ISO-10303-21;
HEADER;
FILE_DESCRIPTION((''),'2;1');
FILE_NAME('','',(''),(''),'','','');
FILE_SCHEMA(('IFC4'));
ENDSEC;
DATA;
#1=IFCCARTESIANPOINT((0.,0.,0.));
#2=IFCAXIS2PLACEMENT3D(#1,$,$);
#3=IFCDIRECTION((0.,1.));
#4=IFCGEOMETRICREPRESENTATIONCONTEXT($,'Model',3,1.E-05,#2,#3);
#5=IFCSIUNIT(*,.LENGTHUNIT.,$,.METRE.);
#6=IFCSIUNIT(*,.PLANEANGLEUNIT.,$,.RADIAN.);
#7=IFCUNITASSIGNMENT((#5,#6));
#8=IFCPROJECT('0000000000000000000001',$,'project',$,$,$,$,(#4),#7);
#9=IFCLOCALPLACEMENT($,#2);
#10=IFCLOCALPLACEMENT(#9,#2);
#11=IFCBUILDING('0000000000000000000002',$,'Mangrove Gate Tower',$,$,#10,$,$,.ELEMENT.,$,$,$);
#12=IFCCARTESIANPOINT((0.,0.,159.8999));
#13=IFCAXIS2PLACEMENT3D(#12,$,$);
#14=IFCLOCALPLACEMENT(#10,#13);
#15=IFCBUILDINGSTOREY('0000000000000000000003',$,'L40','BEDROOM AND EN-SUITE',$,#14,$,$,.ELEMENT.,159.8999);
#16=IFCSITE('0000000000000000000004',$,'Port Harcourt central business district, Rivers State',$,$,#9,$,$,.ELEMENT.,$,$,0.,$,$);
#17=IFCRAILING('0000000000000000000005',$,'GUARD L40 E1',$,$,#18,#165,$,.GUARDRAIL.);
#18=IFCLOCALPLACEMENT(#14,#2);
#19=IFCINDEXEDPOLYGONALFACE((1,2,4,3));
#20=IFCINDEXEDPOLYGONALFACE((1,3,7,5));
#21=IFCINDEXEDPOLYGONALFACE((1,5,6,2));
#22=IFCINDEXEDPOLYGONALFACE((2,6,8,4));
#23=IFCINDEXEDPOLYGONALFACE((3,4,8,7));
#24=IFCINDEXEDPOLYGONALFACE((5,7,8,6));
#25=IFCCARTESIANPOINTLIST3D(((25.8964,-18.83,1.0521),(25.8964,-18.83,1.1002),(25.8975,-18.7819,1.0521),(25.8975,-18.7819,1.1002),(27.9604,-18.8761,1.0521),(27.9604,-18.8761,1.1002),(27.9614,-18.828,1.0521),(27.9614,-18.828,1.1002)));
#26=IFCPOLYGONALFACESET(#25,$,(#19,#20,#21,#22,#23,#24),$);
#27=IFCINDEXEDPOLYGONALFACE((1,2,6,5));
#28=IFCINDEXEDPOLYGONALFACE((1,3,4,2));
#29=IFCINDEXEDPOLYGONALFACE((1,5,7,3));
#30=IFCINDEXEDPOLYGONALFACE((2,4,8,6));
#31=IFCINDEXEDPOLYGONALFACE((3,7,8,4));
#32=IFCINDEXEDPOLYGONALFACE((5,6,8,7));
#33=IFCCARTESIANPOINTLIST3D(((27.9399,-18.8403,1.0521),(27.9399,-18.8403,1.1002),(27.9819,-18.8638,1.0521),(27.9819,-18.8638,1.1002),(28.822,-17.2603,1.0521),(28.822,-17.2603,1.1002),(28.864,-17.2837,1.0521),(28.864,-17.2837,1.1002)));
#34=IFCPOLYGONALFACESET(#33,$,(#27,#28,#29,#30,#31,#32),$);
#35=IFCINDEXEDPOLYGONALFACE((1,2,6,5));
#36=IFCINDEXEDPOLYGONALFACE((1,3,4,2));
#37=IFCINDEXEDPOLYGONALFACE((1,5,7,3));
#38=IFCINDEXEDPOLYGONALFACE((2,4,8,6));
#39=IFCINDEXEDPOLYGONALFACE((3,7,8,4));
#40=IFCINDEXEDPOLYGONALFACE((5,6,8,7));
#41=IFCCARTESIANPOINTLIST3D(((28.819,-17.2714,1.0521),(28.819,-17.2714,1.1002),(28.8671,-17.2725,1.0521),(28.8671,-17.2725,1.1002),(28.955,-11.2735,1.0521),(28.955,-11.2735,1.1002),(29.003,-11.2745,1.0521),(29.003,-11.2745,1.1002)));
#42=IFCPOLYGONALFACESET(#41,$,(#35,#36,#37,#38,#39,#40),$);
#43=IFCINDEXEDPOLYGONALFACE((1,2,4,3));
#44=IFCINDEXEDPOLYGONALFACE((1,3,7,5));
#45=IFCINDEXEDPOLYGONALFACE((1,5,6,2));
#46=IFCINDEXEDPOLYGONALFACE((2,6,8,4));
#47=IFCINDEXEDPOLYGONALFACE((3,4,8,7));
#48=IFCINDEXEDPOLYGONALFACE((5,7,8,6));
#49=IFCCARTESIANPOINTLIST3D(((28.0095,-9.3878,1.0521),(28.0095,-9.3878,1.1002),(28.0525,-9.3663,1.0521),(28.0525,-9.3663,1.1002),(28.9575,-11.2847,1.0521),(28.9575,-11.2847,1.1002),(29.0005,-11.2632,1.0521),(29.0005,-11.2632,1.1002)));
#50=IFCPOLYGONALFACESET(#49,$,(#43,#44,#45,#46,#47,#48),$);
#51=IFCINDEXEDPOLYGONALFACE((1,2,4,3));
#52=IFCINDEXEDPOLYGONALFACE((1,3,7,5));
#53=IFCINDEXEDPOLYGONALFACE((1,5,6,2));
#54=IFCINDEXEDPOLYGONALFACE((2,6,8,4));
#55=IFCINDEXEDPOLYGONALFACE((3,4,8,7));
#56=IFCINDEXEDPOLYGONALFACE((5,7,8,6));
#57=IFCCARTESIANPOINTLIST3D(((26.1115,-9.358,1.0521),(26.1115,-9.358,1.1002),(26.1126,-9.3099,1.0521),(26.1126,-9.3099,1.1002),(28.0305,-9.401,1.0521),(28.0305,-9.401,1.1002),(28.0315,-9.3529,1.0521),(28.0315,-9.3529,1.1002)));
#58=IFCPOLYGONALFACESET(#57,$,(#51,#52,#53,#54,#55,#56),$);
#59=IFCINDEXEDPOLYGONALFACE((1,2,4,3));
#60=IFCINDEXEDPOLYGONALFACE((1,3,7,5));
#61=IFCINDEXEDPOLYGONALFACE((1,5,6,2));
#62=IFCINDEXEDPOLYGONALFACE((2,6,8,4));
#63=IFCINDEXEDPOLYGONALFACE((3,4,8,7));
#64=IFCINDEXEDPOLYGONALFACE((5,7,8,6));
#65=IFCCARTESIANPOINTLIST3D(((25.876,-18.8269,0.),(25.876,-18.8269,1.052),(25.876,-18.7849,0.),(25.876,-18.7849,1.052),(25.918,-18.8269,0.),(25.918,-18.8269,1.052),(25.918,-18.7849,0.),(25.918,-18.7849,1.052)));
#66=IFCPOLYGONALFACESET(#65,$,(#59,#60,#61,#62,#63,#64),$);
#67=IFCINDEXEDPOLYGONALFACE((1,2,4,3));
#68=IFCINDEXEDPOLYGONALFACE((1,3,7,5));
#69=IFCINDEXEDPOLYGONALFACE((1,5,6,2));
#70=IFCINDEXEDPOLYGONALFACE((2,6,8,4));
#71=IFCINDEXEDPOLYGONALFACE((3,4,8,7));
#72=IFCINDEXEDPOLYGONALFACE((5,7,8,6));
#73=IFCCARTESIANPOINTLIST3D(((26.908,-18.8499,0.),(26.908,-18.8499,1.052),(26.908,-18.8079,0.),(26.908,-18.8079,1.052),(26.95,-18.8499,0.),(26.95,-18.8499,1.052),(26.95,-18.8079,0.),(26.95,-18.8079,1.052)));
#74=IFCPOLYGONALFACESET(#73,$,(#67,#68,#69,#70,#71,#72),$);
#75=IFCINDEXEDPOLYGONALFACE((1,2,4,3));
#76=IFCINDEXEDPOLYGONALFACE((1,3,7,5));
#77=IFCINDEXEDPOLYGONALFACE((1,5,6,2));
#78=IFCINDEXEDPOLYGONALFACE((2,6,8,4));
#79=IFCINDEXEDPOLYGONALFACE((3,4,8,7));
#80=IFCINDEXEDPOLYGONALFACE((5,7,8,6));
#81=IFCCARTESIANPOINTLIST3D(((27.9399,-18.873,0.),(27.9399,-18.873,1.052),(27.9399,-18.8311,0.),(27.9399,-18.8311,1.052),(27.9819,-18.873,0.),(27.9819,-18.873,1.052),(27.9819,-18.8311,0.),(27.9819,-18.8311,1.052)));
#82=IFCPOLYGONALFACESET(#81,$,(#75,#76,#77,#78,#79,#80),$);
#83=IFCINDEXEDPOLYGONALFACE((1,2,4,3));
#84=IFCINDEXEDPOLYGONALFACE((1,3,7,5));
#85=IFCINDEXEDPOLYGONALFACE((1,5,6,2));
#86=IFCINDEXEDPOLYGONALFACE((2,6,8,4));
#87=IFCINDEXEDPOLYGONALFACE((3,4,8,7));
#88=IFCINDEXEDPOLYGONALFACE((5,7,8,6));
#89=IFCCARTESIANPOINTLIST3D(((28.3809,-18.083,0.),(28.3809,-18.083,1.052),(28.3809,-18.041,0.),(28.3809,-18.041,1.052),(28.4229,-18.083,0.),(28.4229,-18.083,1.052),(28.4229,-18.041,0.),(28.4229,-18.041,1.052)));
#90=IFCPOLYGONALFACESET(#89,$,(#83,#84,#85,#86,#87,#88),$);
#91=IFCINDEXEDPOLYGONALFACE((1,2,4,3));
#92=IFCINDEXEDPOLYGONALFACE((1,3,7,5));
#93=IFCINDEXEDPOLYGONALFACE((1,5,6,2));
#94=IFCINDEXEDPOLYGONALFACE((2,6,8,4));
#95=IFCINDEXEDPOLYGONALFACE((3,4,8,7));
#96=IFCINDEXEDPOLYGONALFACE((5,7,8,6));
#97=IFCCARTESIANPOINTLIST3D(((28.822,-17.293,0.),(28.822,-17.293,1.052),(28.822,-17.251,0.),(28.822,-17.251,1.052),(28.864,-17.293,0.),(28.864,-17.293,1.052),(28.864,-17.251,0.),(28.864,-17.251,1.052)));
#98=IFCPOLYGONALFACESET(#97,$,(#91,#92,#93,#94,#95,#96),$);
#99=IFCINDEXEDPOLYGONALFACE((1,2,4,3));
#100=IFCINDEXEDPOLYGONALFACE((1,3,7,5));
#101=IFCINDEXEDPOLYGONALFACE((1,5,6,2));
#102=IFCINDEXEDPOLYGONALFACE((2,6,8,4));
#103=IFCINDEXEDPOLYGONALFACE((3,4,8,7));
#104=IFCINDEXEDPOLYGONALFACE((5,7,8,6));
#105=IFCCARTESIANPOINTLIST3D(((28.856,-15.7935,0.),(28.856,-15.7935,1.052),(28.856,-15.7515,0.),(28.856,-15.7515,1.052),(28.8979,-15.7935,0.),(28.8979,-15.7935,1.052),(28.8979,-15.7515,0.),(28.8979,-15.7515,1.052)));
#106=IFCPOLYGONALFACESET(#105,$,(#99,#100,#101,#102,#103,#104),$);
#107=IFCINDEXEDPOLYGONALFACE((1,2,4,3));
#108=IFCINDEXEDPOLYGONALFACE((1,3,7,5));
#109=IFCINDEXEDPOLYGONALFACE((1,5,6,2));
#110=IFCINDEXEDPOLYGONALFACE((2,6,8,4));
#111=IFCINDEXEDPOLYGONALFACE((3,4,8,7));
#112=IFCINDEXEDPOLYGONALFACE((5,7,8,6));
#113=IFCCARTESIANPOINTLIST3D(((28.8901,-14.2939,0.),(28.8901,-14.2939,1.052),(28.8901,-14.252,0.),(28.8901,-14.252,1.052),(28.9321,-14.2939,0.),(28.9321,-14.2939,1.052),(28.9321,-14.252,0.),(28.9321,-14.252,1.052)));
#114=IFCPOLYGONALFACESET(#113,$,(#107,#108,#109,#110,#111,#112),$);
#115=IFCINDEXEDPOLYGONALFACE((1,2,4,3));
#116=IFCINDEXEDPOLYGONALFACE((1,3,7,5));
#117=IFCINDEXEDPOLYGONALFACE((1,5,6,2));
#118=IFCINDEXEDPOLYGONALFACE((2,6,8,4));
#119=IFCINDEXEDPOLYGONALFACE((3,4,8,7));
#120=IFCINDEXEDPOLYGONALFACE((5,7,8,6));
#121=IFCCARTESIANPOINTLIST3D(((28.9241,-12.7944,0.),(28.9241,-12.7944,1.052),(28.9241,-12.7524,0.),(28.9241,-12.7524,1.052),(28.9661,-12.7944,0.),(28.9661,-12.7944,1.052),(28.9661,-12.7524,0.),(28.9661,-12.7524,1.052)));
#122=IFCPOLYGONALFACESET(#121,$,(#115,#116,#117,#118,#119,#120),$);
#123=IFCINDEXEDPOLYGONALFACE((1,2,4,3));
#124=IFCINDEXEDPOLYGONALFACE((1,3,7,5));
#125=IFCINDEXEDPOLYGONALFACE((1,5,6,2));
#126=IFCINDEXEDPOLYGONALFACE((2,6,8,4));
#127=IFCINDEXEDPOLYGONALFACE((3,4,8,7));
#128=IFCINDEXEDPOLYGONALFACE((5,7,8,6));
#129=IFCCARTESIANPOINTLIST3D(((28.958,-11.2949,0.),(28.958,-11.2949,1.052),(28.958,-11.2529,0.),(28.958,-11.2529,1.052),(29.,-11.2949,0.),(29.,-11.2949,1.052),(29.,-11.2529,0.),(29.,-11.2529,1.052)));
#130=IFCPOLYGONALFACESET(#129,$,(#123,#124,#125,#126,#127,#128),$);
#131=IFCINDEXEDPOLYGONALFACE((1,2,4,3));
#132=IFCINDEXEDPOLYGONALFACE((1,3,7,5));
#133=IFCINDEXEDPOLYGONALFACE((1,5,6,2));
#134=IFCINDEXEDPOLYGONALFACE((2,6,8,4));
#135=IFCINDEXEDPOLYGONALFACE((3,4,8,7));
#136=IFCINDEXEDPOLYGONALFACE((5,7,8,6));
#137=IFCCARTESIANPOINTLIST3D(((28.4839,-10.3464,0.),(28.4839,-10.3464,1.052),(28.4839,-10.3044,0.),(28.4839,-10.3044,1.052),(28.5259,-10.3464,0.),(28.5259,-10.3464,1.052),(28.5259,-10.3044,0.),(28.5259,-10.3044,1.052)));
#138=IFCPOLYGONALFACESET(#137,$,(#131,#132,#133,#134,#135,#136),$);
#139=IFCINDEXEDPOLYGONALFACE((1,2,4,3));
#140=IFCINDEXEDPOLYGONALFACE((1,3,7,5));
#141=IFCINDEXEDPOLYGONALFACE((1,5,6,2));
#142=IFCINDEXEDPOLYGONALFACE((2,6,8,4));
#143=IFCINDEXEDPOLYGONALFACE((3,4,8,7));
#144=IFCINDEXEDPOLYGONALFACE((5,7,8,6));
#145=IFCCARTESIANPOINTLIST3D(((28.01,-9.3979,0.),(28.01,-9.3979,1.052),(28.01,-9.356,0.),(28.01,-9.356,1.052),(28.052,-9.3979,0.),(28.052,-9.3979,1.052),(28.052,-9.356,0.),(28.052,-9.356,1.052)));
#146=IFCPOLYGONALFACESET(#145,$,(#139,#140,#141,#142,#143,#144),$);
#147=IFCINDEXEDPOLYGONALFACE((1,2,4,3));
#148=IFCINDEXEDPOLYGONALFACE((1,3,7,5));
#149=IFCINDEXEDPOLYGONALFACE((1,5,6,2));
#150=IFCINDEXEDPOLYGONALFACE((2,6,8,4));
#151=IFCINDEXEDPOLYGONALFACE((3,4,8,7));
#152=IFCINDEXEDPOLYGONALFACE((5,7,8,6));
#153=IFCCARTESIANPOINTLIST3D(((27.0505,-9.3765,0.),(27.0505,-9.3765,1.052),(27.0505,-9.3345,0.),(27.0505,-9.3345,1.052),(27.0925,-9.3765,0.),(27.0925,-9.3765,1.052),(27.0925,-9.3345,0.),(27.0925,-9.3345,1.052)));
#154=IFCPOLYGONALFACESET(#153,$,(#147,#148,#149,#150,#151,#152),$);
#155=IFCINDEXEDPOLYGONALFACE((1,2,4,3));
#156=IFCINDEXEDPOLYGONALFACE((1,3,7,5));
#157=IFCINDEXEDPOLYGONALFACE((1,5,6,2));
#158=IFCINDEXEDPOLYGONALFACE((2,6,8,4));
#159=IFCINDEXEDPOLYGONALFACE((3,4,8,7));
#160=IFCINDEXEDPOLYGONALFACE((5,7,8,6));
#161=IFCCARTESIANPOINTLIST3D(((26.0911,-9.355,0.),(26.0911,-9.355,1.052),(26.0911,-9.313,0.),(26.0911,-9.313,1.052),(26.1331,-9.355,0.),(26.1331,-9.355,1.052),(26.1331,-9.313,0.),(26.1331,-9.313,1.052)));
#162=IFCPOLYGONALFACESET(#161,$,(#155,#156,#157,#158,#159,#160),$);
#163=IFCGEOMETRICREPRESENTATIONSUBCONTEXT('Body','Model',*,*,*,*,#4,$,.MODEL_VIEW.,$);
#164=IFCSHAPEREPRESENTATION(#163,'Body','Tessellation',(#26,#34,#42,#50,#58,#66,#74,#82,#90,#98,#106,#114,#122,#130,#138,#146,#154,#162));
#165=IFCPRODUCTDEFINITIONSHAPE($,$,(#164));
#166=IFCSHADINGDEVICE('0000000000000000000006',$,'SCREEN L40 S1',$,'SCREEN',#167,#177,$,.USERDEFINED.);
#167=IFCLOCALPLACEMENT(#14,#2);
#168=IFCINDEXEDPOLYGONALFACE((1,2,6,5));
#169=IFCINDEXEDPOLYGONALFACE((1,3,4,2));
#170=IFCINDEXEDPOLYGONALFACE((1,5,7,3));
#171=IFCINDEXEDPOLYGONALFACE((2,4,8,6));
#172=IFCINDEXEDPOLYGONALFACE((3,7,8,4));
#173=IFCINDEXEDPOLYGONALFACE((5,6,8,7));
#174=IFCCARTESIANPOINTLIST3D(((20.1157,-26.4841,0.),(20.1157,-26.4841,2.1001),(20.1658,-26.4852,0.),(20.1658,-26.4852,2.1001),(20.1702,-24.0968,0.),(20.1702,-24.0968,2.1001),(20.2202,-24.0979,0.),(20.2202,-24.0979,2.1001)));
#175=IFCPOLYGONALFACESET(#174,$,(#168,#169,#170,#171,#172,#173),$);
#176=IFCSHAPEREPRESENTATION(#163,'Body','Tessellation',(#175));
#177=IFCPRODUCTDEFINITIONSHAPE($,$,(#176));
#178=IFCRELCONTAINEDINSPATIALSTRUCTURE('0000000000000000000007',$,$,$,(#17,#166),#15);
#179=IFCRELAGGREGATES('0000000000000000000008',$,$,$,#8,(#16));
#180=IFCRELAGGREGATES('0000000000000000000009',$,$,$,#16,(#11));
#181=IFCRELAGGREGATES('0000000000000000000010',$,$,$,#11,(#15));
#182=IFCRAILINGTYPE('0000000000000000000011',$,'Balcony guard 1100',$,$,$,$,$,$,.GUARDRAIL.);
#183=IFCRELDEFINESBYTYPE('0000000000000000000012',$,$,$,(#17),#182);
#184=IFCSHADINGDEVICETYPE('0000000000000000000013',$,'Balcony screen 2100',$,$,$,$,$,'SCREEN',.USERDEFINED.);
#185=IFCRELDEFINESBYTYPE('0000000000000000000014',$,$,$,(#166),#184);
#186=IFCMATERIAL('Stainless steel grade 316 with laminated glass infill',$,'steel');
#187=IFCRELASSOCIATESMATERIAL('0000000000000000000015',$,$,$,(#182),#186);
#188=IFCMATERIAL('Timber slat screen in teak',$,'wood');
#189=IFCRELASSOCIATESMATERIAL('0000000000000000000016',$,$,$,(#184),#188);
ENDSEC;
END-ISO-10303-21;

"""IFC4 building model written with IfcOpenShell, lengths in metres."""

from ifc_helpers import new_model, si_unit, direction, frame, origin, origin_2d, place, context, subcontext, project, spatial, rectangle, extrude, material, type_object, element, save


model = new_model("IFC4")

# Units and contexts
model_context = context("Model", 3, precision=1e-05, world=origin(), true_north=direction((0.0, 1.0)))
body_context = subcontext(model_context, "Body", "Model", "MODEL_VIEW")
ifc_project = project(units=[si_unit("LENGTHUNIT", "METRE"), si_unit("PLANEANGLEUNIT", "RADIAN")], contexts=[model_context])

# Site, building, storey
site_placement = place(None, origin())
site = spatial("IfcSite", under=ifc_project, at=site_placement, Name="Port Harcourt central business district, Rivers State", CompositionType="ELEMENT", RefElevation=0.0)
building_placement = place(site_placement, origin())
building = spatial("IfcBuilding", under=site, at=building_placement, Name="Mangrove Gate Tower", CompositionType="ELEMENT")
storey_placement = place(building_placement, frame((0.0, 0.0, 159.8999)))
storey = spatial("IfcBuildingStorey", under=building, at=storey_placement, Name="L40", Description="BEDROOM AND EN-SUITE", CompositionType="ELEMENT", Elevation=159.8999)

# Railing
ifc_material_1 = material(Name="Stainless steel grade 316 with laminated glass infill", Category="steel")
railing_type = type_object("IfcRailingType", Name="Balcony guard 1100", PredefinedType="GUARDRAIL", material=ifc_material_1)
railing_placement = place(storey_placement, frame((25.897, -18.8059, 0.0)))
element("IfcRailing", 1, at=railing_placement, inside=storey, type_object=railing_type, Name="GUARD L40 E1", PredefinedType="GUARDRAIL", context=body_context, shape_type="SweptSolid", body=[
    extrude(rectangle(XDim=0.0481, YDim=0.0481, at=origin_2d()), frame((0.0, 0.0, 1.0762), z_axis=(0.99975, -0.022351, 0.0), x_axis=(0.022351, 0.99975, 0.0)), (0.0, 0.0, 1.0), 2.0645),
    extrude(rectangle(XDim=0.0481, YDim=0.0481, at=origin_2d()), frame((2.064, -0.0461, 1.0762), z_axis=(0.48744, 0.873156, 0.0), x_axis=(-0.873156, 0.48744, 0.0)), (0.0, 0.0, 1.0), 1.8096),
    extrude(rectangle(XDim=0.0481, YDim=0.0481, at=origin_2d()), frame((2.946, 1.5339, 1.0762), z_axis=(0.022666, 0.999743, 0.0), x_axis=(-0.999743, 0.022666, 0.0)), (0.0, 0.0, 1.0), 5.9995),
    extrude(rectangle(XDim=0.0481, YDim=0.0481, at=origin_2d()), frame((3.082, 7.532, 1.0762), z_axis=(-0.447029, 0.894519, 0.0), x_axis=(-0.894519, -0.447029, 0.0)), (0.0, 0.0, 1.0), 2.1206),
    extrude(rectangle(XDim=0.0481, YDim=0.0481, at=origin_2d()), frame((2.134, 9.429, 1.0762), z_axis=(-0.999749, 0.022386, 0.0), x_axis=(-0.022386, -0.999749, 0.0)), (0.0, 0.0, 1.0), 1.9194),
    extrude(rectangle(XDim=0.042, YDim=0.042, at=origin_2d()), origin(), (0.0, 0.0, 1.0), 1.052),
    extrude(rectangle(XDim=0.042, YDim=0.042, at=origin_2d()), frame((1.032, -0.0229, 0.0)), (0.0, 0.0, 1.0), 1.052),
    extrude(rectangle(XDim=0.042, YDim=0.042, at=origin_2d()), frame((2.064, -0.0461, 0.0)), (0.0, 0.0, 1.0), 1.052),
    extrude(rectangle(XDim=0.042, YDim=0.042, at=origin_2d()), frame((2.5049, 0.7439, 0.0)), (0.0, 0.0, 1.0), 1.052),
    extrude(rectangle(XDim=0.042, YDim=0.042, at=origin_2d()), frame((2.946, 1.5339, 0.0)), (0.0, 0.0, 1.0), 1.052),
    extrude(rectangle(XDim=0.042, YDim=0.042, at=origin_2d()), frame((2.98, 3.0334, 0.0)), (0.0, 0.0, 1.0), 1.052),
    extrude(rectangle(XDim=0.042, YDim=0.042, at=origin_2d()), frame((3.0142, 4.533, 0.0)), (0.0, 0.0, 1.0), 1.052),
    extrude(rectangle(XDim=0.042, YDim=0.042, at=origin_2d()), frame((3.0481, 6.0325, 0.0)), (0.0, 0.0, 1.0), 1.052),
    extrude(rectangle(XDim=0.042, YDim=0.042, at=origin_2d()), frame((3.082, 7.532, 0.0)), (0.0, 0.0, 1.0), 1.052),
    extrude(rectangle(XDim=0.042, YDim=0.042, at=origin_2d()), frame((2.6079, 8.4805, 0.0)), (0.0, 0.0, 1.0), 1.052),
    extrude(rectangle(XDim=0.042, YDim=0.042, at=origin_2d()), frame((2.134, 9.429, 0.0)), (0.0, 0.0, 1.0), 1.052),
    extrude(rectangle(XDim=0.042, YDim=0.042, at=origin_2d()), frame((1.1746, 9.4504, 0.0)), (0.0, 0.0, 1.0), 1.052),
    extrude(rectangle(XDim=0.042, YDim=0.042, at=origin_2d()), frame((0.2151, 9.4719, 0.0)), (0.0, 0.0, 1.0), 1.052),
])

# Shading device
ifc_material_2 = material(Name="Timber slat screen in teak", Category="wood")
shading_device_type = type_object("IfcShadingDeviceType", Name="Balcony screen 2100", ElementType="SCREEN", PredefinedType="USERDEFINED", material=ifc_material_2)
shading_device_placement = place(storey_placement, frame((20.168, -25.291, 0.0), z_axis=(0.0, 0.0, 1.0), x_axis=(-0.022792, -0.99974, 0.0)))
element("IfcShadingDevice", 2, at=shading_device_placement, inside=storey, type_object=shading_device_type, Name="SCREEN L40 S1", ObjectType="SCREEN", PredefinedType="USERDEFINED", context=body_context, shape_type="SweptSolid", body=[
    extrude(rectangle(XDim=2.3879, YDim=0.05, at=origin_2d()), origin(), (0.0, 0.0, 1.0), 2.1001),
])

save(model, "model.ifc")
